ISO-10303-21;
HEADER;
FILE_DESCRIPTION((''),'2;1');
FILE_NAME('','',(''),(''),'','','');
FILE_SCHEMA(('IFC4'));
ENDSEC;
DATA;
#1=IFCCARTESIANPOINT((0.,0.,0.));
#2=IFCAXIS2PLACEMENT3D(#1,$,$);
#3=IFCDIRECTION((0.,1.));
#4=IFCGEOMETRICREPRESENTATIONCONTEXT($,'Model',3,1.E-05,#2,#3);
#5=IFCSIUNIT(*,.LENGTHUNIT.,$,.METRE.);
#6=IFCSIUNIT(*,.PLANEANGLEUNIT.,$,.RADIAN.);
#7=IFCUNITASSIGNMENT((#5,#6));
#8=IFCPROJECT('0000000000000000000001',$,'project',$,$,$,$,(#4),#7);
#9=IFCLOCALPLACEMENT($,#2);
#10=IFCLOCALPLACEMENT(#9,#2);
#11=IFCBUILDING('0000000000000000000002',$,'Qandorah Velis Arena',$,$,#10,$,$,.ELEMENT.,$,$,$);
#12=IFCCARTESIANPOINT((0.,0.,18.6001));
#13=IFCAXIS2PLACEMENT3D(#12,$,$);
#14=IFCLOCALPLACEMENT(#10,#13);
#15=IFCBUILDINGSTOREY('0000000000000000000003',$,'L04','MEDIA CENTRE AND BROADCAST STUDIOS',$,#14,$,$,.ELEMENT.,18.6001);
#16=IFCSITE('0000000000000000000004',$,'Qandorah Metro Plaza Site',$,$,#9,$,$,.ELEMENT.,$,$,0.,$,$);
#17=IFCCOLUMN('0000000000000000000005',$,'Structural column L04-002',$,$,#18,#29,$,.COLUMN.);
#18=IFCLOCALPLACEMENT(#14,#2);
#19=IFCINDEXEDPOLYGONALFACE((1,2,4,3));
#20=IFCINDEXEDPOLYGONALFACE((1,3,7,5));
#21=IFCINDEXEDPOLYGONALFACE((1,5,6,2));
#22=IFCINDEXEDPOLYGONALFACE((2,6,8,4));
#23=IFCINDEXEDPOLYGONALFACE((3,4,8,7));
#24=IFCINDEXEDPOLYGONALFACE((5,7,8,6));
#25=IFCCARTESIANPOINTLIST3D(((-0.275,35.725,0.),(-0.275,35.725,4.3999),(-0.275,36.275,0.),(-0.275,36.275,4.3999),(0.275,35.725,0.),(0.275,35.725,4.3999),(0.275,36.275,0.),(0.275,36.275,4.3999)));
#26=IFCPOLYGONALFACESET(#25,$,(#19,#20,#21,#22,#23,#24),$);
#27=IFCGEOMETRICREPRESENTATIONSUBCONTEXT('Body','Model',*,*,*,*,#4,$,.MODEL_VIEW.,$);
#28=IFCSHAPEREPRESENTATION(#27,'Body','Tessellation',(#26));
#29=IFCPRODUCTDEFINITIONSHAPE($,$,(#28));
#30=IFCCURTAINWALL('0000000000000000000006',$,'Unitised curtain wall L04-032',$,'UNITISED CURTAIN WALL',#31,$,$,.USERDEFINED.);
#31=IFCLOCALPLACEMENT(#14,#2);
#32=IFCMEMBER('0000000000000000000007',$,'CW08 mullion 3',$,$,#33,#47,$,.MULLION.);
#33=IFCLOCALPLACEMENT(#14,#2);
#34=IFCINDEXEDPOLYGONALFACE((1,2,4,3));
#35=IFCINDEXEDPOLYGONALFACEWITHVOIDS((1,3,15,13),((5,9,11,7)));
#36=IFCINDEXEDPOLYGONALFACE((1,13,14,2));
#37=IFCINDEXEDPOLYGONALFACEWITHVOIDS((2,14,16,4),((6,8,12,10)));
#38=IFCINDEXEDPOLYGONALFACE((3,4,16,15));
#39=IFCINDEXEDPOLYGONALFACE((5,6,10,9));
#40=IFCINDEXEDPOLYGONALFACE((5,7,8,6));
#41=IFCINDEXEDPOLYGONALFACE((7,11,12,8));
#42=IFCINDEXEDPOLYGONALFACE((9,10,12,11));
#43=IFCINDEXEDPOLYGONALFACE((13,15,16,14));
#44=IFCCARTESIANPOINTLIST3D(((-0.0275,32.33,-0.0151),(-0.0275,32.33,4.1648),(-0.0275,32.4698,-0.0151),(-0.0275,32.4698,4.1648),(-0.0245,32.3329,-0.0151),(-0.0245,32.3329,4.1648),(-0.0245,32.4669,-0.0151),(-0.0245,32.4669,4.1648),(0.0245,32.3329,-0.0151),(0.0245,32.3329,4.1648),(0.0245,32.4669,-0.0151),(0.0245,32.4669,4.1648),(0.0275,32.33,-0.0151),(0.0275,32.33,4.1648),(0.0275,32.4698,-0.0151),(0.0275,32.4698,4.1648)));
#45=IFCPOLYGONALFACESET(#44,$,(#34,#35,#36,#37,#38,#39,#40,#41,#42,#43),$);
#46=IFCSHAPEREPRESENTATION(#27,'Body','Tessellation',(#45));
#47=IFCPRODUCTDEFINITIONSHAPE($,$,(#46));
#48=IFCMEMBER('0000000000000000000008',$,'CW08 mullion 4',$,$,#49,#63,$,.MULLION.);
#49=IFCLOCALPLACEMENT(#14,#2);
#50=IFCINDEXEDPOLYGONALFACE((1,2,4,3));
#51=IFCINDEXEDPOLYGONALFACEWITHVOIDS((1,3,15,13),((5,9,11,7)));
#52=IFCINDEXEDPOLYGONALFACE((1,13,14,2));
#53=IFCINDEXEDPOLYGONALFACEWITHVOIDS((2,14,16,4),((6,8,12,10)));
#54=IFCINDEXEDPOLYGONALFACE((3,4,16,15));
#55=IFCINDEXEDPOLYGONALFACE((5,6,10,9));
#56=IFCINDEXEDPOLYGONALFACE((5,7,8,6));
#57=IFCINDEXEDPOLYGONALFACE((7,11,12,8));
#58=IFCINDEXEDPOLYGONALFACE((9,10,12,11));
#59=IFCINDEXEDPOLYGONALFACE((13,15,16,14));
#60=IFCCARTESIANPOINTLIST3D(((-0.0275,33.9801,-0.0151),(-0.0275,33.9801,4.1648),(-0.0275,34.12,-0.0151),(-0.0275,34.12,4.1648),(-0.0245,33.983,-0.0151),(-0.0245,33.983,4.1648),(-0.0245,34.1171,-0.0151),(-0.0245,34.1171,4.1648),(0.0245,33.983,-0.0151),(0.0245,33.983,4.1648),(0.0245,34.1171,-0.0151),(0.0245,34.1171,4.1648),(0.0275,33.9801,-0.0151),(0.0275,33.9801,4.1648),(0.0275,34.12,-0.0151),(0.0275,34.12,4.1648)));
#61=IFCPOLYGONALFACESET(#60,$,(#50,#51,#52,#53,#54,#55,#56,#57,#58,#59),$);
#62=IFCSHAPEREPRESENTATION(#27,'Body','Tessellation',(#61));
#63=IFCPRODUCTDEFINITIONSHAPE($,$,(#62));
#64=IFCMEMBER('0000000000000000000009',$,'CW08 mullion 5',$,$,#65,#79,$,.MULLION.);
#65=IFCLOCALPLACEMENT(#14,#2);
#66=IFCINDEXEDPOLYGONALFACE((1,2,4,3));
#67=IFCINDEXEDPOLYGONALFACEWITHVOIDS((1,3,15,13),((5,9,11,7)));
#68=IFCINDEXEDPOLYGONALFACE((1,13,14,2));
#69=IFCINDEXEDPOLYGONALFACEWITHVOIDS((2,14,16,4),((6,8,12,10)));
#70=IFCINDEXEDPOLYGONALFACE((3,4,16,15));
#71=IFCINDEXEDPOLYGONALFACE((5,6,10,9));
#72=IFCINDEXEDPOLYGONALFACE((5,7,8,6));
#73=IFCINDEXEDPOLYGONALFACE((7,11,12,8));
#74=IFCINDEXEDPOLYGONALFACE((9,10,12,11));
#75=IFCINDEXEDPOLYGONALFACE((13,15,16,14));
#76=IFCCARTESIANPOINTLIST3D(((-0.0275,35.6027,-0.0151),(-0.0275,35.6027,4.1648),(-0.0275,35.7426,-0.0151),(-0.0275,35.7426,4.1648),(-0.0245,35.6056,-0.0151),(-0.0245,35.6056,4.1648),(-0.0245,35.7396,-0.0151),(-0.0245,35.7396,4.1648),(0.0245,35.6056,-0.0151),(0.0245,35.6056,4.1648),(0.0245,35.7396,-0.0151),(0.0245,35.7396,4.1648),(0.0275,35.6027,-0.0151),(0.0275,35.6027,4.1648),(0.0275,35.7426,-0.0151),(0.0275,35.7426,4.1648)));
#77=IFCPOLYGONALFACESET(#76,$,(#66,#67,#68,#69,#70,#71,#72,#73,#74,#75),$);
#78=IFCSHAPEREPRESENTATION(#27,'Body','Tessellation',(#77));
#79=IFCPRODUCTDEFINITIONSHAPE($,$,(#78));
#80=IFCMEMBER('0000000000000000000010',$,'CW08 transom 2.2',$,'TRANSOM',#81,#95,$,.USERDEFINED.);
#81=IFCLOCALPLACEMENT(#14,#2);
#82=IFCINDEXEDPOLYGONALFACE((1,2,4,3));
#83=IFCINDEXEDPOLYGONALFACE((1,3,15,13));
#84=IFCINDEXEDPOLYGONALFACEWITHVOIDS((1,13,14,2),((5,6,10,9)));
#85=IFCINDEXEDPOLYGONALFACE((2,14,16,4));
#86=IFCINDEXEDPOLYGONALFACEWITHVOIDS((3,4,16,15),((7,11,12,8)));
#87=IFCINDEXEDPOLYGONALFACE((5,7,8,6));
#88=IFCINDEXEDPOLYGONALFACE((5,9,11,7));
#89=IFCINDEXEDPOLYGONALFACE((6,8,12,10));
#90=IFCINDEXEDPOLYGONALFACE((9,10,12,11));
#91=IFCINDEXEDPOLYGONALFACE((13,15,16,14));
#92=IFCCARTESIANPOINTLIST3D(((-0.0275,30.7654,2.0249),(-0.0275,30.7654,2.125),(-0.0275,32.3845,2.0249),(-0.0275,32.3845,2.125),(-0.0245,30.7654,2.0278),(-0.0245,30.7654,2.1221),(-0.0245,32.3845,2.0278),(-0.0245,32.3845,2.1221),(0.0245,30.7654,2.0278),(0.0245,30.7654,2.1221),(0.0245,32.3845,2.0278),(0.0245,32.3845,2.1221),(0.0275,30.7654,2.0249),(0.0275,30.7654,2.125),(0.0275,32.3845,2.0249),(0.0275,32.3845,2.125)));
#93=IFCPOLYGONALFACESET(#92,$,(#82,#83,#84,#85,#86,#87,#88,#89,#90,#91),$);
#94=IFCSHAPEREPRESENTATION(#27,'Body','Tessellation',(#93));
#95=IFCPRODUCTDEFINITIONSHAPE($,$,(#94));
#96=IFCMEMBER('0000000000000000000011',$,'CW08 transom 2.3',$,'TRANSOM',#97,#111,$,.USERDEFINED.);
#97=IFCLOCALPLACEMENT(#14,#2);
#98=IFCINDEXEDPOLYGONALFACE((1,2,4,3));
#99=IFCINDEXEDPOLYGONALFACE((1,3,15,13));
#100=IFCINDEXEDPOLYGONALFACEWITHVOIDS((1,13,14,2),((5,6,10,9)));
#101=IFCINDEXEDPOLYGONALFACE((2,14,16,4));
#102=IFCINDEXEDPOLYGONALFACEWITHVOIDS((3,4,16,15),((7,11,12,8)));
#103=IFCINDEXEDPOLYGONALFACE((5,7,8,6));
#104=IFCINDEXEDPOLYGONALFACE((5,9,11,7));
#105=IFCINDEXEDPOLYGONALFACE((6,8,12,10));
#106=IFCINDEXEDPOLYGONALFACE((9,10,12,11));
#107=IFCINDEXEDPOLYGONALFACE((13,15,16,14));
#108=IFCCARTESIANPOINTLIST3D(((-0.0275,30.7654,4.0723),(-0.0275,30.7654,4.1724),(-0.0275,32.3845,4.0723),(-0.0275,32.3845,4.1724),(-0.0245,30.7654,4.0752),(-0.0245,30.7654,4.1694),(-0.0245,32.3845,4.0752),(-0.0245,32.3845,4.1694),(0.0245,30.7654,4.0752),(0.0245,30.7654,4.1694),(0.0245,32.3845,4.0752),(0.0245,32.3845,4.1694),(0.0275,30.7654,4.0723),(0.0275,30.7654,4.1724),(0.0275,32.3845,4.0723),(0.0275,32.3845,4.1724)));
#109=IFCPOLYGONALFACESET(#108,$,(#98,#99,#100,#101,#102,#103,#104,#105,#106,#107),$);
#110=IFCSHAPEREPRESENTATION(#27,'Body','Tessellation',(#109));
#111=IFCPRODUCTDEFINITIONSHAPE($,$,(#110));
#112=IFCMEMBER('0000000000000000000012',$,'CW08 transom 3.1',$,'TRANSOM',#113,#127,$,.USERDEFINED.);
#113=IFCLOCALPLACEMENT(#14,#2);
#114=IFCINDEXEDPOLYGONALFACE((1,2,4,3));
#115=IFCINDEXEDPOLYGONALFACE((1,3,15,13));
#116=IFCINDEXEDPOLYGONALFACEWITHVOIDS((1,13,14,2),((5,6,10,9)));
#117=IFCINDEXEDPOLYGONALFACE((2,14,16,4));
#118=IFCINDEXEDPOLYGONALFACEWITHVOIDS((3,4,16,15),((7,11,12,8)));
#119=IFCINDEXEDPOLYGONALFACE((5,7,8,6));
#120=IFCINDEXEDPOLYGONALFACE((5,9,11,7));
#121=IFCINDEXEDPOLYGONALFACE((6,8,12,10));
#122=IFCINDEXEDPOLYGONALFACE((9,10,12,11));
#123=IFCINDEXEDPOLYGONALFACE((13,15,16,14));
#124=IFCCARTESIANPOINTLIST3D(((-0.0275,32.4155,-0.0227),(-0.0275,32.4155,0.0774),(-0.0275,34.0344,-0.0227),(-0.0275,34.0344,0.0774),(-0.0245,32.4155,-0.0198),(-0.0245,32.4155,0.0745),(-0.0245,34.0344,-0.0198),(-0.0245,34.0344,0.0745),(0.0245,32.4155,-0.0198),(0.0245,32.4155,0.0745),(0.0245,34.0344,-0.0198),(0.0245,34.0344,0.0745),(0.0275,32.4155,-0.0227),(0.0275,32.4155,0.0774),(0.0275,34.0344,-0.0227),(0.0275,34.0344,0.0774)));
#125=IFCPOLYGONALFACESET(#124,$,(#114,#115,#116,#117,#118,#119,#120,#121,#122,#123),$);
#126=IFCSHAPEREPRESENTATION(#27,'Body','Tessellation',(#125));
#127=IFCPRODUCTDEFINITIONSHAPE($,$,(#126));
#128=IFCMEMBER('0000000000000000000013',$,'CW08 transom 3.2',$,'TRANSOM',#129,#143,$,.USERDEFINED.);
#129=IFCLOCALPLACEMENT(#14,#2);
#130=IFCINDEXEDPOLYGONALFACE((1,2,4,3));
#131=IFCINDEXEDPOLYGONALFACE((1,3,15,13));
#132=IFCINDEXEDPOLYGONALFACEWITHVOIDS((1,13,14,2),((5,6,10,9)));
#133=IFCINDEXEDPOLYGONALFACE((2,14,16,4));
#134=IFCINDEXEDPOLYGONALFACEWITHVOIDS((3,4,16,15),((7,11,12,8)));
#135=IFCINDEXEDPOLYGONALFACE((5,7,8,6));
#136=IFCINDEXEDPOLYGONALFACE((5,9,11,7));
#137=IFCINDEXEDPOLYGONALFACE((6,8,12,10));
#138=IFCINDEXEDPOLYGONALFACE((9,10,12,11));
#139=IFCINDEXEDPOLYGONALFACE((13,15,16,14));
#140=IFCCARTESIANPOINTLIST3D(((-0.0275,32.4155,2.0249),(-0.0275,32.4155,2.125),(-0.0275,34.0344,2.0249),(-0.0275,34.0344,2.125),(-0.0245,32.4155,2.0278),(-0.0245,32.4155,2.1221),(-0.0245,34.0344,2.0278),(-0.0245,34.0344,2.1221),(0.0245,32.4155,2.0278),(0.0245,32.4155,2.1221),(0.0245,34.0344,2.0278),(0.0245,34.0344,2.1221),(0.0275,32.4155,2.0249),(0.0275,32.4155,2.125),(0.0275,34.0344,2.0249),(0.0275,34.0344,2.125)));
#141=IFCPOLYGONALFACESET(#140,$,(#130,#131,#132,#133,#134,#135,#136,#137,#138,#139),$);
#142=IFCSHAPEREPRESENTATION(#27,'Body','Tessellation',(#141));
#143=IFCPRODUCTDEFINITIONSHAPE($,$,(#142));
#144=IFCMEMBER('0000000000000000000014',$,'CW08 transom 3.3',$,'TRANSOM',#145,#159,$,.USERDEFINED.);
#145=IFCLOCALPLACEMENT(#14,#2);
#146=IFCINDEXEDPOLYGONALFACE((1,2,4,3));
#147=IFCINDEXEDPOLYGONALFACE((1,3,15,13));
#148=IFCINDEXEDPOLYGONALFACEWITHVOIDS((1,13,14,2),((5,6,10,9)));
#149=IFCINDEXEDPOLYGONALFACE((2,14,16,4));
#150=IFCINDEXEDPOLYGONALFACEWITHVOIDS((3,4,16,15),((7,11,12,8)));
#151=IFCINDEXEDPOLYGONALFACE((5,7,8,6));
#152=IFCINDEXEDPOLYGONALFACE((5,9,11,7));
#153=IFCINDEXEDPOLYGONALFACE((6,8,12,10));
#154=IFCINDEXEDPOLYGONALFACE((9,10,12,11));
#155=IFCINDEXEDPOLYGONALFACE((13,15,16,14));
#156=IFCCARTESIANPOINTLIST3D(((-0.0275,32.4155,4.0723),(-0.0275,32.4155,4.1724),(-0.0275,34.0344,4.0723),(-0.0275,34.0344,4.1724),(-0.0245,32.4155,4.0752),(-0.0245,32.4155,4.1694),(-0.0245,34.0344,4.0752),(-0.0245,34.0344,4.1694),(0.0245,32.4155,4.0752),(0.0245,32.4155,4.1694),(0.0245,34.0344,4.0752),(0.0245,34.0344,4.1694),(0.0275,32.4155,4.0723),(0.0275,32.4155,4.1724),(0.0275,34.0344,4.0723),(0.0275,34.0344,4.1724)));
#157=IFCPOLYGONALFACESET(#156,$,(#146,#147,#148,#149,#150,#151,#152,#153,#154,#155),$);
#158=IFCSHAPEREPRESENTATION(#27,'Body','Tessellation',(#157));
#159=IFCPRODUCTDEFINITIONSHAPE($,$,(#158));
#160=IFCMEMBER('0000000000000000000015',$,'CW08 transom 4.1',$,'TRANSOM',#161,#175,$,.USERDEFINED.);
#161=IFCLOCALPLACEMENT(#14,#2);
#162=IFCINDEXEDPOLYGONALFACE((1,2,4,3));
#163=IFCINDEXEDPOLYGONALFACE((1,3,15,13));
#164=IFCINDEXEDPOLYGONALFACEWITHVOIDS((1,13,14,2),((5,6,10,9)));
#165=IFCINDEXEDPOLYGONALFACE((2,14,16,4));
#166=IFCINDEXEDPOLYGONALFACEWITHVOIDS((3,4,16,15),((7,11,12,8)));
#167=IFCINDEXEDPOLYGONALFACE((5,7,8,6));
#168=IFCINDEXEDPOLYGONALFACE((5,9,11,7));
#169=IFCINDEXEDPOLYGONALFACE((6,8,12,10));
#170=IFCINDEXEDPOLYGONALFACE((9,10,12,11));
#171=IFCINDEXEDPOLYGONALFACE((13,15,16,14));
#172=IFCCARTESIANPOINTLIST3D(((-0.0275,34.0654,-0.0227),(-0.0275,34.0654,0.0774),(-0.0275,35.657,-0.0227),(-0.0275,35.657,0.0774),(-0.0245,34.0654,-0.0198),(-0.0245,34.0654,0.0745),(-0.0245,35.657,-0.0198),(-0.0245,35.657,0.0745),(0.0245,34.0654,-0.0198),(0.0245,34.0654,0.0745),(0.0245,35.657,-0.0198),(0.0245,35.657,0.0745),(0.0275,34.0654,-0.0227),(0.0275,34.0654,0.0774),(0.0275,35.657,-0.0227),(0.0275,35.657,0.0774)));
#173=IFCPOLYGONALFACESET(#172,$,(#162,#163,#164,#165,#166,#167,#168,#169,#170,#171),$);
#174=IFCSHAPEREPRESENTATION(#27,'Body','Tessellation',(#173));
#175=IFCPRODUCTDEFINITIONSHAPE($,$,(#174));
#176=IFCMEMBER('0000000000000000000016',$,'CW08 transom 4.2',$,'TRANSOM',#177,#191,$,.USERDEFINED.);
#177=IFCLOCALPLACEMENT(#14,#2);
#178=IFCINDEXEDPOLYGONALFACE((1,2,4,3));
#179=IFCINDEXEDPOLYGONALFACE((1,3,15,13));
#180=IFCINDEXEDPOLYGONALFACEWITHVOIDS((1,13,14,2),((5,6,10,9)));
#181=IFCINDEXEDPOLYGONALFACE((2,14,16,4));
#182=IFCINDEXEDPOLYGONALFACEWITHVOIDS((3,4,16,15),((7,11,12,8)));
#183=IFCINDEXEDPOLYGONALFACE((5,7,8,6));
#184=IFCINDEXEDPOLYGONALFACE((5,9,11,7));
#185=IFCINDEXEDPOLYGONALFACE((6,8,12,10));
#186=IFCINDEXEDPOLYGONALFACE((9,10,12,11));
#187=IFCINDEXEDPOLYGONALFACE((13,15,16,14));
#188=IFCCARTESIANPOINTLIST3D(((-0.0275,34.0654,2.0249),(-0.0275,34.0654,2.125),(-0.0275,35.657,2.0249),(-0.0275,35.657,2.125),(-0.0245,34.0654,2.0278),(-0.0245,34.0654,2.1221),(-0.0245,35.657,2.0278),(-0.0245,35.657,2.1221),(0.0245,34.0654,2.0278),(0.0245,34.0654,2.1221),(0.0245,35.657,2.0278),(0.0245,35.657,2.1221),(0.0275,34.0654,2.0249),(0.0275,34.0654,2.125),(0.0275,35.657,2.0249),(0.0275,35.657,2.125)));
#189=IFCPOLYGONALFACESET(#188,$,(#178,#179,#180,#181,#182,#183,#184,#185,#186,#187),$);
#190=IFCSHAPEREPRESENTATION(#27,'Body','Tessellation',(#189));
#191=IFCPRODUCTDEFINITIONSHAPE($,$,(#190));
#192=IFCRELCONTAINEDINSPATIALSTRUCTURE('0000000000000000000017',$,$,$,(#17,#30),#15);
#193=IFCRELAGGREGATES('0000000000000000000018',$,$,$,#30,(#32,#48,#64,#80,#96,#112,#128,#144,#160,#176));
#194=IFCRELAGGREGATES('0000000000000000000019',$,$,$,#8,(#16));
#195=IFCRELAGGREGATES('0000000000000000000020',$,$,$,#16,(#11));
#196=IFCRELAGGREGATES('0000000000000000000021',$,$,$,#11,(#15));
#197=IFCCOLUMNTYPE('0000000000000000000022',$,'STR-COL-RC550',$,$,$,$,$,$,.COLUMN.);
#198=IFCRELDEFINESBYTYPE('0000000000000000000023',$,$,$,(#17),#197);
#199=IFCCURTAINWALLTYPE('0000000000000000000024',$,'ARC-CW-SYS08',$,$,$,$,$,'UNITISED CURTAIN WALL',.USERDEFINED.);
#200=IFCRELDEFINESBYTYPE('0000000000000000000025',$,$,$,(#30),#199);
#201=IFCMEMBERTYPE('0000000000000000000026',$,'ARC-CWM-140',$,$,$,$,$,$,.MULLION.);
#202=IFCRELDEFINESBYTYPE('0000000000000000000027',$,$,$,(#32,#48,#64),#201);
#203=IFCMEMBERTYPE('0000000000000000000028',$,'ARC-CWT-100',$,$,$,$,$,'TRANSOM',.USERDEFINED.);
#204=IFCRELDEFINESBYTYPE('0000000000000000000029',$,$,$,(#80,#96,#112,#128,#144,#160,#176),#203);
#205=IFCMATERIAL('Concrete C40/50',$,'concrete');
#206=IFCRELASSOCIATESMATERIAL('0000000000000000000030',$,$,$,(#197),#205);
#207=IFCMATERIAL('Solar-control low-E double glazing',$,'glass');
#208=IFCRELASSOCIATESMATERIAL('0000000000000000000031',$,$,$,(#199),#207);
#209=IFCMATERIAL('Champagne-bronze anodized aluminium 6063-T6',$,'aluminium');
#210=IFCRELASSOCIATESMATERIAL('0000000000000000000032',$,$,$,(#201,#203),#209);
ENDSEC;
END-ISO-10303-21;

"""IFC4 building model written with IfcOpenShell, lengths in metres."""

from ifc_helpers import new_model, si_unit, direction, frame, origin, origin_2d, place, context, subcontext, project, spatial, rectangle, hollow_rectangle, extrude, material, material_profile, profile_set, type_object, element, aggregate, save


model = new_model("IFC4")

# Units and contexts
model_context = context("Model", 3, precision=1e-05, world=origin(), true_north=direction((0.0, 1.0)))
body_context = subcontext(model_context, "Body", "Model", "MODEL_VIEW")
ifc_project = project(units=[si_unit("LENGTHUNIT", "METRE"), si_unit("PLANEANGLEUNIT", "RADIAN")], contexts=[model_context])

# Site, building, storey
site_placement = place(None, origin())
site = spatial("IfcSite", under=ifc_project, at=site_placement, Name="Qandorah Metro Plaza Site", CompositionType="ELEMENT", RefElevation=0.0)
building_placement = place(site_placement, origin())
building = spatial("IfcBuilding", under=site, at=building_placement, Name="Qandorah Velis Arena", CompositionType="ELEMENT")
storey_placement = place(building_placement, frame((0.0, 0.0, 18.6001)))
storey = spatial("IfcBuildingStorey", under=building, at=storey_placement, Name="L04", Description="MEDIA CENTRE AND BROADCAST STUDIOS", CompositionType="ELEMENT", Elevation=18.6001)

# Column
ifc_material_1 = material(Name="Concrete C40/50", Category="concrete")
ifc_material_profile_1 = material_profile(ifc_material_1, rectangle(XDim=0.55, YDim=0.55, at=origin_2d()), Name="RC COL 550x550")
ifc_profile_set_1 = profile_set([ifc_material_profile_1], Name="Concrete C40/50")
column_type = type_object("IfcColumnType", Name="STR-COL-RC550", PredefinedType="COLUMN", material=ifc_profile_set_1)
column_placement = place(storey_placement, frame((0.0, 36.0, 0.0), z_axis=(0.0, 0.0, 1.0), x_axis=(1.0, 0.0, 0.0)))
element("IfcColumn", 1, at=column_placement, inside=storey, type_object=column_type, Name="Structural column L04-002", PredefinedType="COLUMN", context=body_context, shape_type="SweptSolid", body=[
    extrude(rectangle(XDim=0.55, YDim=0.55, at=origin_2d()), origin(), (0.0, 0.0, 1.0), 4.3999),
])

# Curtain wall, members
ifc_material_2 = material(Name="Solar-control low-E double glazing", Category="glass")
curtain_wall_type = type_object("IfcCurtainWallType", Name="ARC-CW-SYS08", ElementType="UNITISED CURTAIN WALL", PredefinedType="USERDEFINED", material=ifc_material_2)
curtain_wall_placement = place(storey_placement, origin())
curtain_wall = element("IfcCurtainWall", 2, at=curtain_wall_placement, inside=storey, type_object=curtain_wall_type, Name="Unitised curtain wall L04-032", ObjectType="UNITISED CURTAIN WALL", PredefinedType="USERDEFINED")
ifc_material_3 = material(Name="Champagne-bronze anodized aluminium 6063-T6", Category="aluminium")
ifc_material_profile_2 = material_profile(ifc_material_3, hollow_rectangle(XDim=0.0549, YDim=0.1399, WallThickness=0.0029, at=origin_2d()), Name="ALU MULLION 55x140")
ifc_profile_set_2 = profile_set([ifc_material_profile_2], Name="Champagne-bronze anodized aluminium 6063-T6")
member_type_1 = type_object("IfcMemberType", Name="ARC-CWM-140", PredefinedType="MULLION", material=ifc_profile_set_2)
member_1_placement = place(storey_placement, frame((0.0, 32.3999, -0.0151), z_axis=(0.0, 0.0, 1.0), x_axis=(-1.0, 0.0, 0.0)))
member_1 = element("IfcMember", 3, at=member_1_placement, type_object=member_type_1, Name="CW08 mullion 3", PredefinedType="MULLION", context=body_context, shape_type="SweptSolid", body=[
    extrude(hollow_rectangle(XDim=0.0549, YDim=0.1399, WallThickness=0.0029, at=origin_2d()), origin(), (0.0, 0.0, 1.0), 4.1799),
])
member_2_placement = place(storey_placement, frame((0.0, 34.05, -0.0151), z_axis=(0.0, 0.0, 1.0), x_axis=(-1.0, 0.0, 0.0)))
member_2 = element("IfcMember", 4, at=member_2_placement, type_object=member_type_1, Name="CW08 mullion 4", PredefinedType="MULLION", context=body_context, shape_type="SweptSolid", body=[
    extrude(hollow_rectangle(XDim=0.0549, YDim=0.1399, WallThickness=0.0029, at=origin_2d()), origin(), (0.0, 0.0, 1.0), 4.1799),
])
member_3_placement = place(storey_placement, frame((0.0, 35.6726, -0.0151), z_axis=(0.0, 0.0, 1.0), x_axis=(-1.0, 0.0, 0.0)))
member_3 = element("IfcMember", 5, at=member_3_placement, type_object=member_type_1, Name="CW08 mullion 5", PredefinedType="MULLION", context=body_context, shape_type="SweptSolid", body=[
    extrude(hollow_rectangle(XDim=0.0549, YDim=0.1399, WallThickness=0.0029, at=origin_2d()), origin(), (0.0, 0.0, 1.0), 4.1799),
])
ifc_material_profile_3 = material_profile(ifc_material_3, hollow_rectangle(XDim=0.0549, YDim=0.1001, WallThickness=0.0029, at=origin_2d()), Name="ALU TRANSOM 55x100")
ifc_profile_set_3 = profile_set([ifc_material_profile_3], Name="Champagne-bronze anodized aluminium 6063-T6")
member_type_2 = type_object("IfcMemberType", Name="ARC-CWT-100", ElementType="TRANSOM", PredefinedType="USERDEFINED", material=ifc_profile_set_3)
member_4_placement = place(storey_placement, frame((0.0, 30.7654, 2.075), z_axis=(0.0, 1.0, 0.0), x_axis=(-1.0, 0.0, 0.0)))
member_4 = element("IfcMember", 6, at=member_4_placement, type_object=member_type_2, Name="CW08 transom 2.2", ObjectType="TRANSOM", PredefinedType="USERDEFINED", context=body_context, shape_type="SweptSolid", body=[
    extrude(hollow_rectangle(XDim=0.0549, YDim=0.1001, WallThickness=0.0029, at=origin_2d()), origin(), (0.0, 0.0, 1.0), 1.6191),
])
member_5_placement = place(storey_placement, frame((0.0, 30.7654, 4.1223), z_axis=(0.0, 1.0, 0.0), x_axis=(-1.0, 0.0, 0.0)))
member_5 = element("IfcMember", 7, at=member_5_placement, type_object=member_type_2, Name="CW08 transom 2.3", ObjectType="TRANSOM", PredefinedType="USERDEFINED", context=body_context, shape_type="SweptSolid", body=[
    extrude(hollow_rectangle(XDim=0.0549, YDim=0.1001, WallThickness=0.0029, at=origin_2d()), origin(), (0.0, 0.0, 1.0), 1.6191),
])
member_6_placement = place(storey_placement, frame((0.0, 32.4155, 0.0273), z_axis=(0.0, 1.0, 0.0), x_axis=(-1.0, 0.0, 0.0)))
member_6 = element("IfcMember", 8, at=member_6_placement, type_object=member_type_2, Name="CW08 transom 3.1", ObjectType="TRANSOM", PredefinedType="USERDEFINED", context=body_context, shape_type="SweptSolid", body=[
    extrude(hollow_rectangle(XDim=0.0549, YDim=0.1001, WallThickness=0.0029, at=origin_2d()), origin(), (0.0, 0.0, 1.0), 1.6189),
])
member_7_placement = place(storey_placement, frame((0.0, 32.4155, 2.075), z_axis=(0.0, 1.0, 0.0), x_axis=(-1.0, 0.0, 0.0)))
member_7 = element("IfcMember", 9, at=member_7_placement, type_object=member_type_2, Name="CW08 transom 3.2", ObjectType="TRANSOM", PredefinedType="USERDEFINED", context=body_context, shape_type="SweptSolid", body=[
    extrude(hollow_rectangle(XDim=0.0549, YDim=0.1001, WallThickness=0.0029, at=origin_2d()), origin(), (0.0, 0.0, 1.0), 1.6189),
])
member_8_placement = place(storey_placement, frame((0.0, 32.4155, 4.1223), z_axis=(0.0, 1.0, 0.0), x_axis=(-1.0, 0.0, 0.0)))
member_8 = element("IfcMember", 10, at=member_8_placement, type_object=member_type_2, Name="CW08 transom 3.3", ObjectType="TRANSOM", PredefinedType="USERDEFINED", context=body_context, shape_type="SweptSolid", body=[
    extrude(hollow_rectangle(XDim=0.0549, YDim=0.1001, WallThickness=0.0029, at=origin_2d()), origin(), (0.0, 0.0, 1.0), 1.6189),
])
member_9_placement = place(storey_placement, frame((0.0, 34.0654, 0.0273), z_axis=(0.0, 1.0, 0.0), x_axis=(-1.0, 0.0, 0.0)))
member_9 = element("IfcMember", 11, at=member_9_placement, type_object=member_type_2, Name="CW08 transom 4.1", ObjectType="TRANSOM", PredefinedType="USERDEFINED", context=body_context, shape_type="SweptSolid", body=[
    extrude(hollow_rectangle(XDim=0.0549, YDim=0.1001, WallThickness=0.0029, at=origin_2d()), origin(), (0.0, 0.0, 1.0), 1.5916),
])
member_10_placement = place(storey_placement, frame((0.0, 34.0654, 2.075), z_axis=(0.0, 1.0, 0.0), x_axis=(-1.0, 0.0, 0.0)))
member_10 = element("IfcMember", 12, at=member_10_placement, type_object=member_type_2, Name="CW08 transom 4.2", ObjectType="TRANSOM", PredefinedType="USERDEFINED", context=body_context, shape_type="SweptSolid", body=[
    extrude(hollow_rectangle(XDim=0.0549, YDim=0.1001, WallThickness=0.0029, at=origin_2d()), origin(), (0.0, 0.0, 1.0), 1.5916),
])

aggregate(curtain_wall, [member_1, member_2, member_3, member_4, member_5, member_6, member_7, member_8, member_9, member_10])

save(model, "model.ifc")
